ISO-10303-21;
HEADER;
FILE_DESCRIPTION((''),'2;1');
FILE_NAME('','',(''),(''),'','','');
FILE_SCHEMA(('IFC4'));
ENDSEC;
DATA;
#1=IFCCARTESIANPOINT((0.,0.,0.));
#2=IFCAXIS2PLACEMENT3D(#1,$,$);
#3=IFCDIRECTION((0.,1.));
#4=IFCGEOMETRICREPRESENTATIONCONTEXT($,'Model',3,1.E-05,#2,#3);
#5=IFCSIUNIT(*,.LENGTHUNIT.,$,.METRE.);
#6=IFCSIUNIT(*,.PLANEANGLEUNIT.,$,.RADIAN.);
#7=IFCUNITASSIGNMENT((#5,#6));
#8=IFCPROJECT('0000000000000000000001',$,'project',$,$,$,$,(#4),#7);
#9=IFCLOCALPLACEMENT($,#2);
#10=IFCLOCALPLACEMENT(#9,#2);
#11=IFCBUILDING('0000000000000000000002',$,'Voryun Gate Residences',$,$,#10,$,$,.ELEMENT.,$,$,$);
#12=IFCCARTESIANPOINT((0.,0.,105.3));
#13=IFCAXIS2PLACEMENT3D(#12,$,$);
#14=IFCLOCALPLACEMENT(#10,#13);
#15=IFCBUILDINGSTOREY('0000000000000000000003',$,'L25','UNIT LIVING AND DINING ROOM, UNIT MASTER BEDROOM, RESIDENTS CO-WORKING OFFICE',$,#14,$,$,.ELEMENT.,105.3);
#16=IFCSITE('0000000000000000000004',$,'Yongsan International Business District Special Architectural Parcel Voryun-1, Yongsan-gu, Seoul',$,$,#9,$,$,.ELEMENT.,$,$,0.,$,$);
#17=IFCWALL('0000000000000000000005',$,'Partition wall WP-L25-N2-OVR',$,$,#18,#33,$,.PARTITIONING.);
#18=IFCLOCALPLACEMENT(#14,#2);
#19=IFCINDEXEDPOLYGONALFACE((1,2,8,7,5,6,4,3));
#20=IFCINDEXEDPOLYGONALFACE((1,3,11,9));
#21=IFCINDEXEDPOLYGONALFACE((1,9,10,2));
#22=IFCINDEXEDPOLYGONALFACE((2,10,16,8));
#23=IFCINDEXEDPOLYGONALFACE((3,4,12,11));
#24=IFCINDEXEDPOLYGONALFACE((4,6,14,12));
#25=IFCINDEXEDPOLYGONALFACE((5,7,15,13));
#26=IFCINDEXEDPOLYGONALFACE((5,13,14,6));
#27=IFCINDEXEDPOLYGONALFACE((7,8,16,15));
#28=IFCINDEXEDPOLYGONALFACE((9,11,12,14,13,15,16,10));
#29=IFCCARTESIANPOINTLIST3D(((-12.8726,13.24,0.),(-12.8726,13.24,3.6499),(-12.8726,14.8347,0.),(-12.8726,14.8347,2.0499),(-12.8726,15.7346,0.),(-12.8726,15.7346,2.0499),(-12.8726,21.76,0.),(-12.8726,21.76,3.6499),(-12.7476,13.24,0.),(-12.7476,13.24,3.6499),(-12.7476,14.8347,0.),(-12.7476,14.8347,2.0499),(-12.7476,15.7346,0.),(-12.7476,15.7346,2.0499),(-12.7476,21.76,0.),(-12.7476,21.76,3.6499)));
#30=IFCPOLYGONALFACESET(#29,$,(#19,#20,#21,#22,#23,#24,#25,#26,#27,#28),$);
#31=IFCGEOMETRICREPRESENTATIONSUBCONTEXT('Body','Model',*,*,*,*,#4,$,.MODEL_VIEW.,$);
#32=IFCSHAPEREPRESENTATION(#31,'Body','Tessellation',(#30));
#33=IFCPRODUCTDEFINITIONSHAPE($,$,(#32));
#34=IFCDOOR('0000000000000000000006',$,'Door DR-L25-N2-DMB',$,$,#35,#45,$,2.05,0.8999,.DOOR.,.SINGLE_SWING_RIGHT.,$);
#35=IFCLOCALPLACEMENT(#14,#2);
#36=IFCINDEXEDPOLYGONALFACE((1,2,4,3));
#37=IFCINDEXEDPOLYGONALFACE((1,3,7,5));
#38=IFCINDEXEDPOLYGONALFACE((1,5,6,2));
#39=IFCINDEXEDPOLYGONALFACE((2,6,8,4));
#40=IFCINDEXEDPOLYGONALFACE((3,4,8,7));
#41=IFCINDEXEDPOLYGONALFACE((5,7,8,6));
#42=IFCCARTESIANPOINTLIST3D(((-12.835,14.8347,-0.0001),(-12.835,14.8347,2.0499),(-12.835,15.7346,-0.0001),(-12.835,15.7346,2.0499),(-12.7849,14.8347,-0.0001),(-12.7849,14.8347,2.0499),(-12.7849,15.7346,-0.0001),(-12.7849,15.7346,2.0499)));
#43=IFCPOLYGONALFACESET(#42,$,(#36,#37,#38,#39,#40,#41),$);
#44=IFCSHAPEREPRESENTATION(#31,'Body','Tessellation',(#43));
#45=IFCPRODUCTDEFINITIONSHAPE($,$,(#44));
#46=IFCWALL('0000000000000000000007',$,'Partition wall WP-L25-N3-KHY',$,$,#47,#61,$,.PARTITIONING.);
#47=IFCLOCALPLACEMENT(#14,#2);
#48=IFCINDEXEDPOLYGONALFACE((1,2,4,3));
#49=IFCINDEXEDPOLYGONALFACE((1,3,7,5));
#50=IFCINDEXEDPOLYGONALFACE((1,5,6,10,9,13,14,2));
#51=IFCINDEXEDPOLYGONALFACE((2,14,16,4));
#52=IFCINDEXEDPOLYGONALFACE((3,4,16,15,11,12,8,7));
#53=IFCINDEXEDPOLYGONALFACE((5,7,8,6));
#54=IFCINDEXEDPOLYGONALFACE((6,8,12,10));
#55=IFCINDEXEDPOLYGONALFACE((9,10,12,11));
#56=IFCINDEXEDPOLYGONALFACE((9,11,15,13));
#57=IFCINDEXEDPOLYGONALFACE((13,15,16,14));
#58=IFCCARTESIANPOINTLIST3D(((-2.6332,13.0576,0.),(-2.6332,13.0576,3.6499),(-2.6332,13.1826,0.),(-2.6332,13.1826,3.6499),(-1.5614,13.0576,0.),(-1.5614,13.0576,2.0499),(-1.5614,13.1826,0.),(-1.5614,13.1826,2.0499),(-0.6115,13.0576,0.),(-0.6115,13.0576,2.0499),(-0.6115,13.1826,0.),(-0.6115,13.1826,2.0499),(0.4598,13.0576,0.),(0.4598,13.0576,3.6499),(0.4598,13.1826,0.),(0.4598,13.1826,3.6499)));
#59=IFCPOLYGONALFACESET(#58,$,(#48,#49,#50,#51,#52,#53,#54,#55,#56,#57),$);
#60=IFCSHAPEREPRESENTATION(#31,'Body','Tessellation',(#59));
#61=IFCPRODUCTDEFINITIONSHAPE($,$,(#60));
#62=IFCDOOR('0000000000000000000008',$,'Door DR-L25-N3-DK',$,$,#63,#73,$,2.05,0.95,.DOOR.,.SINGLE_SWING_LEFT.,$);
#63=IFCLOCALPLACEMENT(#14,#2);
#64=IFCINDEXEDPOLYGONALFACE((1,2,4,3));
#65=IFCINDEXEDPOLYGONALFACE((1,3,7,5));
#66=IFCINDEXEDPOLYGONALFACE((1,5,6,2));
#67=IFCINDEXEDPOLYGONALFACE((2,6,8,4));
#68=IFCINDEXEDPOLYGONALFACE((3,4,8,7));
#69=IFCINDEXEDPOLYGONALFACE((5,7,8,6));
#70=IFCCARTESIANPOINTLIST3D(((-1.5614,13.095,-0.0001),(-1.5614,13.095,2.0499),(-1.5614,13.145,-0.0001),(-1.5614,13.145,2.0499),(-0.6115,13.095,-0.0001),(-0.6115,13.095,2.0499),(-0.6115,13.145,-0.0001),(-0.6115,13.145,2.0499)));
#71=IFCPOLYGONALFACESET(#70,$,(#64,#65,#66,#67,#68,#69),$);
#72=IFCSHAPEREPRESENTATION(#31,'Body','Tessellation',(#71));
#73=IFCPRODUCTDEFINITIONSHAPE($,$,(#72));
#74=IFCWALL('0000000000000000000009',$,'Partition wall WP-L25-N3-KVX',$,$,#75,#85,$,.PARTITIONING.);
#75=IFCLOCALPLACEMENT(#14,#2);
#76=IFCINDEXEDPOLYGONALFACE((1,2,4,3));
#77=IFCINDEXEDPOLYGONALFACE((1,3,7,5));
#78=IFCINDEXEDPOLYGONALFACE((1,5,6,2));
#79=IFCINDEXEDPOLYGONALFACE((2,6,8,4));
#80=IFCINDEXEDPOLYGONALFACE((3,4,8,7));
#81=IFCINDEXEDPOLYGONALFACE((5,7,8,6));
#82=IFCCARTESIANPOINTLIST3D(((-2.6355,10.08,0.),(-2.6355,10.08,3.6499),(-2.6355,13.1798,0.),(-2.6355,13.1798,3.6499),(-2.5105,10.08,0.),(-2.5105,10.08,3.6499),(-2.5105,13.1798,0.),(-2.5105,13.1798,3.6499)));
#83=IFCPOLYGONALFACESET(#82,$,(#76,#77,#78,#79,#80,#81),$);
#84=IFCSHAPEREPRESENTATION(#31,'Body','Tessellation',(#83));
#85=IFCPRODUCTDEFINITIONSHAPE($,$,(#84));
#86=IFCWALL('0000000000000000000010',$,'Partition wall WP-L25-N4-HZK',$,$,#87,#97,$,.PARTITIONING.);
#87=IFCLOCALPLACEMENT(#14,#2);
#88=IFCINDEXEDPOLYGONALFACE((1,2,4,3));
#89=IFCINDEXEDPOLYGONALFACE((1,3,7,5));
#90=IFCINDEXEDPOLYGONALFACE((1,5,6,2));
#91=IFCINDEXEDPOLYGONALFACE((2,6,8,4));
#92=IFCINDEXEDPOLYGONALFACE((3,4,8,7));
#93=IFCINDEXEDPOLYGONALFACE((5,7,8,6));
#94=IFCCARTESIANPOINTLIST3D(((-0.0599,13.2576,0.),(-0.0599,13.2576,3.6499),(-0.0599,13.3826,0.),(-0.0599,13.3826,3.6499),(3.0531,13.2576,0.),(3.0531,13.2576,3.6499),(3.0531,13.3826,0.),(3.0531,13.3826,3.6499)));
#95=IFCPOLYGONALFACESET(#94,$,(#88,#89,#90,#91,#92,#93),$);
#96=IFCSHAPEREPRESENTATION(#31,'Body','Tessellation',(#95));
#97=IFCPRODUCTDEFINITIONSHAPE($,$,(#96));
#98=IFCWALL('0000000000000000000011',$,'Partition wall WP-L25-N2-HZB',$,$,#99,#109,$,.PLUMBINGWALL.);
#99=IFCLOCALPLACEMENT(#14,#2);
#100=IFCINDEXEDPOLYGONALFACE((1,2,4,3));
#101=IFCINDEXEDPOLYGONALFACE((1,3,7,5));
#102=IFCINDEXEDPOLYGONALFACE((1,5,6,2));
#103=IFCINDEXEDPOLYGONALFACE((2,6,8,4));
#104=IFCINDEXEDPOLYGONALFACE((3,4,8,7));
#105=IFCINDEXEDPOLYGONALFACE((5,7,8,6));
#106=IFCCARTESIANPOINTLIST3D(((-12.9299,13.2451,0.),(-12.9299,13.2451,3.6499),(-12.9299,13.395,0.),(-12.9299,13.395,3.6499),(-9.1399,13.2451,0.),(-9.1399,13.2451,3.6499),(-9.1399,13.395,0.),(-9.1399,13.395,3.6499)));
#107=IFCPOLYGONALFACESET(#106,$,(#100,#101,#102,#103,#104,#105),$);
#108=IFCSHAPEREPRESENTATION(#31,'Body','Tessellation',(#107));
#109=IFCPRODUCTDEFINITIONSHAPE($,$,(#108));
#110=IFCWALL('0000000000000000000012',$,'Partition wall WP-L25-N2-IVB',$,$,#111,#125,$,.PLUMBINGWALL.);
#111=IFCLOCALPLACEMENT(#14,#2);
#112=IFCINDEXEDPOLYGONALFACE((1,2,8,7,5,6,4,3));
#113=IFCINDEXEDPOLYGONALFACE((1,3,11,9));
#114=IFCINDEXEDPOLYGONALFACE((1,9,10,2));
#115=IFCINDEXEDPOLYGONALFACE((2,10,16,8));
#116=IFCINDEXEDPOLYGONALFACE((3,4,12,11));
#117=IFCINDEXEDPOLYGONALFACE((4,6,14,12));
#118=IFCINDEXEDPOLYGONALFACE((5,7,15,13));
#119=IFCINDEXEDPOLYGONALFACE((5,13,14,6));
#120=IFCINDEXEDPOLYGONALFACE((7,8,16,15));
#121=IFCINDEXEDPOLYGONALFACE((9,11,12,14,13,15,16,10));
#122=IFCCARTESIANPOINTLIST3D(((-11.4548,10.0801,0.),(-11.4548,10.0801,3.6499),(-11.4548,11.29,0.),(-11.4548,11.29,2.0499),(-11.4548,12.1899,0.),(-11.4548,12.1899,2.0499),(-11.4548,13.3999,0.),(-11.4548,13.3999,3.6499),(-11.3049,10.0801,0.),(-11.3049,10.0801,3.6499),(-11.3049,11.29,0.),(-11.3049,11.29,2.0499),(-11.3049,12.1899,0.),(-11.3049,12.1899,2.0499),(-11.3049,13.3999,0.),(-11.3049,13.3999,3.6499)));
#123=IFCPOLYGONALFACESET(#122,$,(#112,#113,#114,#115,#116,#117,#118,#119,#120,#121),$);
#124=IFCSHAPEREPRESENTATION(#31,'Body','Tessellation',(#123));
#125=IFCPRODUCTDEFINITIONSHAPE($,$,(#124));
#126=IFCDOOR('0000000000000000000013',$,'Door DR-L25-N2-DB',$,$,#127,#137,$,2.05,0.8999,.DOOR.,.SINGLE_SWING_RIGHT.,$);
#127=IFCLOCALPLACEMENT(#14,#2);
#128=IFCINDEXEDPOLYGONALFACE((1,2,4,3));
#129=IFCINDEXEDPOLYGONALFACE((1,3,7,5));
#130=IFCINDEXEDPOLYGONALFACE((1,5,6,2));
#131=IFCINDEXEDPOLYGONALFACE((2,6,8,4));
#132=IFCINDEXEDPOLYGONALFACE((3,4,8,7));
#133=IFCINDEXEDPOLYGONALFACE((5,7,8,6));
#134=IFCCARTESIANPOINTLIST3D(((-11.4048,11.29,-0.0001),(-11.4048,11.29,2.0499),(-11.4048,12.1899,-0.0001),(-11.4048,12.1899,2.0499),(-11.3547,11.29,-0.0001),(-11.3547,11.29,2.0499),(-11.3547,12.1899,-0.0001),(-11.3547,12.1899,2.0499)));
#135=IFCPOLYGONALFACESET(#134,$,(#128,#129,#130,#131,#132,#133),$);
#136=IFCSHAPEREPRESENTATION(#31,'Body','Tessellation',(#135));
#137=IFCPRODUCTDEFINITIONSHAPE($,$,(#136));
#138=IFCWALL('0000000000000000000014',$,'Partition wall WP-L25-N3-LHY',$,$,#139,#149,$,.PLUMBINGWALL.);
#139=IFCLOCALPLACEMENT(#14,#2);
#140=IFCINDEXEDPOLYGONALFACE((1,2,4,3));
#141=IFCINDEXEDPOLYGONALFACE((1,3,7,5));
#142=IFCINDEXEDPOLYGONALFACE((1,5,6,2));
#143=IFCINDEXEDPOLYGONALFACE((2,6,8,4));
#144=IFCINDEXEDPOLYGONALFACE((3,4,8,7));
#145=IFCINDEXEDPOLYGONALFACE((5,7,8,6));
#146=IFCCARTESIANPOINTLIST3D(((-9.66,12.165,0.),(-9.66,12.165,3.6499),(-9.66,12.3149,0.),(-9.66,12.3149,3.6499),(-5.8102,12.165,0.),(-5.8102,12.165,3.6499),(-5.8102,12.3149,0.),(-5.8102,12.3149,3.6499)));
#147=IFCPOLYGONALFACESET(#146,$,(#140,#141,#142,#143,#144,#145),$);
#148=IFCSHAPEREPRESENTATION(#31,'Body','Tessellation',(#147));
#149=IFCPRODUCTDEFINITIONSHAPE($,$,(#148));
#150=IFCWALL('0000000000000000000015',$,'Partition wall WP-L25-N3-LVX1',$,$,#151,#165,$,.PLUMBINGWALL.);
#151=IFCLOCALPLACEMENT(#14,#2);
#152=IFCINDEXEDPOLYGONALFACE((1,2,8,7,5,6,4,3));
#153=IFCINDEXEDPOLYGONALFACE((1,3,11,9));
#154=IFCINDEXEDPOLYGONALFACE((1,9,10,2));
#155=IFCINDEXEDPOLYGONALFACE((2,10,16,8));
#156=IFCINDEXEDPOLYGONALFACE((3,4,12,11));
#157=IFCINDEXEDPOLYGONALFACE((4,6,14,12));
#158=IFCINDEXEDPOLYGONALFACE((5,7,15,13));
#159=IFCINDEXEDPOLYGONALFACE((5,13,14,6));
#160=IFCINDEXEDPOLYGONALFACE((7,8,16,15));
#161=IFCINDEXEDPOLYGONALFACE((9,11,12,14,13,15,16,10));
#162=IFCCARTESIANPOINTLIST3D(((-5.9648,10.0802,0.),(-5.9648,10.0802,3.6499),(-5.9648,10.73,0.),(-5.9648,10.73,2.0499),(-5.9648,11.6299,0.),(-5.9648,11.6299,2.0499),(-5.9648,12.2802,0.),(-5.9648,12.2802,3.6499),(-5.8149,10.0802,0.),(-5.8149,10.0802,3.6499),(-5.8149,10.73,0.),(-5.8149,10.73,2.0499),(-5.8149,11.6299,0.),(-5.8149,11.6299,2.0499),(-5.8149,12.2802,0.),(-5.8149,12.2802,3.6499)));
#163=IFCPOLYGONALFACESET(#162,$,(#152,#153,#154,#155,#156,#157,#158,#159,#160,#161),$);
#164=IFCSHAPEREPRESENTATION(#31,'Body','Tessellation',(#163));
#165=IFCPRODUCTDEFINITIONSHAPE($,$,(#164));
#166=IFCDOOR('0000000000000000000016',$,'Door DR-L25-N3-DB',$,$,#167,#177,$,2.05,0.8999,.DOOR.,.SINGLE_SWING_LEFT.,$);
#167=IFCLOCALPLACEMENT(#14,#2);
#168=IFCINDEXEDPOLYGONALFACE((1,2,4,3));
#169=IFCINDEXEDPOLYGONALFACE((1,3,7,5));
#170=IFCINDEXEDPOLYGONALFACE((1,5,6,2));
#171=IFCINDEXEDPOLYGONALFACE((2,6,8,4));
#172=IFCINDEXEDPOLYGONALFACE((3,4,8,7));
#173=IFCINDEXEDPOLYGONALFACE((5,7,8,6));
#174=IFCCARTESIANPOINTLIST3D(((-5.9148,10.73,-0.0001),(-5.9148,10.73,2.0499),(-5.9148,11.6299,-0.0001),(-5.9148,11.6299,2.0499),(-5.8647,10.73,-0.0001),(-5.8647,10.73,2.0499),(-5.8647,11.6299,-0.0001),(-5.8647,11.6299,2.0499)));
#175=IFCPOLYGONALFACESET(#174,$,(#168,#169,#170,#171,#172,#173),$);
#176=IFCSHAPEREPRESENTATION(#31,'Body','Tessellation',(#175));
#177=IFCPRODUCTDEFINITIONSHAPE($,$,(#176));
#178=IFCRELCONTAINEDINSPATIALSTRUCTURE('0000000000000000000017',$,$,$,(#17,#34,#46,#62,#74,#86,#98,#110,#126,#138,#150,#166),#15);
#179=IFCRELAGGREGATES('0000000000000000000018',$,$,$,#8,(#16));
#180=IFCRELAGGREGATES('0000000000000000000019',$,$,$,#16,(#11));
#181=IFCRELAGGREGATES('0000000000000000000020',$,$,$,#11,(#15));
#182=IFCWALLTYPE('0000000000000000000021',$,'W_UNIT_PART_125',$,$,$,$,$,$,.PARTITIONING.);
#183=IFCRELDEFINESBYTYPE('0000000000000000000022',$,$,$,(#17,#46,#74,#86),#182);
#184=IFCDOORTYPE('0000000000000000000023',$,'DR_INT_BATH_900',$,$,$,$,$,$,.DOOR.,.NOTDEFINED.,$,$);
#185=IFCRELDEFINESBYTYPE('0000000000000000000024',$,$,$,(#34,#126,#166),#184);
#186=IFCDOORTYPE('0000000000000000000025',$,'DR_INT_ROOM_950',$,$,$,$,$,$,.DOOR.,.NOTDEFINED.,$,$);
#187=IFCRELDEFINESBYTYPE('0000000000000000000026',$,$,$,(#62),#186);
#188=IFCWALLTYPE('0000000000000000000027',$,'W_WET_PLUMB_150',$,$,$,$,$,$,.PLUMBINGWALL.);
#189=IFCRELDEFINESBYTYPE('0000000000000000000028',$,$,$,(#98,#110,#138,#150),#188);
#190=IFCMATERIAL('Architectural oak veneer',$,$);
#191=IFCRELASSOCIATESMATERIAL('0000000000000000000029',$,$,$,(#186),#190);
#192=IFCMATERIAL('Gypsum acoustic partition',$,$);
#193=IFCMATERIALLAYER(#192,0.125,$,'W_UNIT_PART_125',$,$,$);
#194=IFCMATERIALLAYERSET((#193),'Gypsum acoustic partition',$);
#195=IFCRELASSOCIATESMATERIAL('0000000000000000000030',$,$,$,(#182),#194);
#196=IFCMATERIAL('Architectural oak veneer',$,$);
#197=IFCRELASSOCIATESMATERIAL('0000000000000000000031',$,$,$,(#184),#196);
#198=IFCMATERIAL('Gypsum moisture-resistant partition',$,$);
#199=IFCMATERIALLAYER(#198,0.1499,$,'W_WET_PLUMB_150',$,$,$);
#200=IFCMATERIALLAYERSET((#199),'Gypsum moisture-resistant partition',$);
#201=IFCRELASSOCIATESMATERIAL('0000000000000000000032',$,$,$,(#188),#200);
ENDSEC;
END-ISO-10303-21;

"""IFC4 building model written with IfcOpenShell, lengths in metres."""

from ifc_helpers import new_model, si_unit, direction, frame, frame_2d, origin, place, context, subcontext, project, spatial, rectangle, extrude, material, layer, layer_set, type_object, element, fill, save


model = new_model("IFC4")

# Units and contexts
model_context = context("Model", 3, precision=1e-05, world=origin(), true_north=direction((0.0, 1.0)))
body_context = subcontext(model_context, "Body", "Model", "MODEL_VIEW")
ifc_project = project(units=[si_unit("LENGTHUNIT", "METRE"), si_unit("PLANEANGLEUNIT", "RADIAN")], contexts=[model_context])

# Site, building, storey
site_placement = place(None, origin())
site = spatial("IfcSite", under=ifc_project, at=site_placement, Name="Yongsan International Business District Special Architectural Parcel Voryun-1, Yongsan-gu, Seoul", CompositionType="ELEMENT", RefElevation=0.0)
building_placement = place(site_placement, origin())
building = spatial("IfcBuilding", under=site, at=building_placement, Name="Voryun Gate Residences", CompositionType="ELEMENT")
storey_placement = place(building_placement, frame((0.0, 0.0, 105.3)))
storey = spatial("IfcBuildingStorey", under=building, at=storey_placement, Name="L25", Description="UNIT LIVING AND DINING ROOM, UNIT MASTER BEDROOM, RESIDENTS CO-WORKING OFFICE", CompositionType="ELEMENT", Elevation=105.3)

# Shared definitions
ifc_material_1 = material(Name="Architectural oak veneer")
door_type_1 = type_object("IfcDoorType", Name="DR_INT_ROOM_950", OperationType="NOTDEFINED", PredefinedType="DOOR", material=ifc_material_1)

# Walls, openings, doors
ifc_material_2 = material(Name="Gypsum acoustic partition")
ifc_layer_1 = layer(ifc_material_2, 0.125, Name="W_UNIT_PART_125")
ifc_layer_set_1 = layer_set([ifc_layer_1], Name="Gypsum acoustic partition")
wall_type_1 = type_object("IfcWallType", Name="W_UNIT_PART_125", PredefinedType="PARTITIONING", material=ifc_layer_set_1)
wall_1_placement = place(storey_placement, frame((-12.8101, 13.24, 0.0), z_axis=(0.0, 0.0, 1.0), x_axis=(0.0, 1.0, 0.0)))
wall_1 = element("IfcWall", 1, at=wall_1_placement, inside=storey, type_object=wall_type_1, Name="Partition wall WP-L25-N2-OVR", PredefinedType="PARTITIONING", context=body_context, shape_type="SweptSolid", body=[
    extrude(rectangle(XDim=8.52, YDim=0.125, at=frame_2d((4.26, 0.0))), origin(), (0.0, 0.0, 1.0), 3.6499),
])
opening_1_placement = place(wall_1_placement, frame((1.5947, 0.0, 0.0)))
opening_1 = element("IfcOpeningElement", 2, at=opening_1_placement, cuts=wall_1, PredefinedType="OPENING", context=body_context, shape_type="SweptSolid", body=[
    extrude(rectangle(XDim=0.8999, YDim=2.05, at=frame_2d((0.45, 1.0249))), frame((0.0, 0.0725, 0.0), z_axis=(0.0, -1.0, 0.0), x_axis=(1.0, 0.0, 0.0)), (0.0, 0.0, 1.0), 0.145),
])
ifc_material_3 = material(Name="Architectural oak veneer")
door_type_2 = type_object("IfcDoorType", Name="DR_INT_BATH_900", OperationType="NOTDEFINED", PredefinedType="DOOR", material=ifc_material_3)
door_1_placement = place(opening_1_placement, origin())
door_1 = element("IfcDoor", 3, at=door_1_placement, inside=storey, type_object=door_type_2, Name="Door DR-L25-N2-DMB", OperationType="SINGLE_SWING_RIGHT", OverallHeight=2.05, OverallWidth=0.8999, PredefinedType="DOOR", context=body_context, shape_type="SweptSolid", body=[
    extrude(rectangle(XDim=0.8999, YDim=2.05, at=frame_2d((0.45, 1.0249))), frame((0.0, 0.0249, 0.0), z_axis=(0.0, -1.0, 0.0), x_axis=(1.0, 0.0, 0.0)), (0.0, 0.0, 1.0), 0.05),
])
fill(opening_1, door_1)
wall_2_placement = place(storey_placement, frame((-2.6331, 13.1201, 0.0), z_axis=(0.0, 0.0, 1.0), x_axis=(1.0, 0.0, 0.0)))
wall_2 = element("IfcWall", 4, at=wall_2_placement, inside=storey, type_object=wall_type_1, Name="Partition wall WP-L25-N3-KHY", PredefinedType="PARTITIONING", context=body_context, shape_type="SweptSolid", body=[
    extrude(rectangle(XDim=3.093, YDim=0.125, at=frame_2d((1.5464, 0.0))), origin(), (0.0, 0.0, 1.0), 3.6499),
])
opening_2_placement = place(wall_2_placement, frame((1.0715, 0.0, 0.0)))
opening_2 = element("IfcOpeningElement", 5, at=opening_2_placement, cuts=wall_2, PredefinedType="OPENING", context=body_context, shape_type="SweptSolid", body=[
    extrude(rectangle(XDim=0.95, YDim=2.05, at=frame_2d((0.4751, 1.0249))), frame((0.0, 0.0725, 0.0), z_axis=(0.0, -1.0, 0.0), x_axis=(1.0, 0.0, 0.0)), (0.0, 0.0, 1.0), 0.145),
])
door_2_placement = place(opening_2_placement, origin())
door_2 = element("IfcDoor", 6, at=door_2_placement, inside=storey, type_object=door_type_1, Name="Door DR-L25-N3-DK", OperationType="SINGLE_SWING_LEFT", OverallHeight=2.05, OverallWidth=0.95, PredefinedType="DOOR", context=body_context, shape_type="SweptSolid", body=[
    extrude(rectangle(XDim=0.95, YDim=2.05, at=frame_2d((0.4751, 1.0249))), frame((0.0, 0.0249, 0.0), z_axis=(0.0, -1.0, 0.0), x_axis=(1.0, 0.0, 0.0)), (0.0, 0.0, 1.0), 0.05),
])
fill(opening_2, door_2)

# Walls
wall_3_placement = place(storey_placement, frame((-2.573, 10.0801, 0.0), z_axis=(0.0, 0.0, 1.0), x_axis=(0.0, 1.0, 0.0)))
element("IfcWall", 7, at=wall_3_placement, inside=storey, type_object=wall_type_1, Name="Partition wall WP-L25-N3-KVX", PredefinedType="PARTITIONING", context=body_context, shape_type="SweptSolid", body=[
    extrude(rectangle(XDim=3.0999, YDim=0.125, at=frame_2d((1.5498, 0.0))), origin(), (0.0, 0.0, 1.0), 3.6499),
])
wall_4_placement = place(storey_placement, frame((-0.0601, 13.3201, 0.0), z_axis=(0.0, 0.0, 1.0), x_axis=(1.0, 0.0, 0.0)))
element("IfcWall", 8, at=wall_4_placement, inside=storey, type_object=wall_type_1, Name="Partition wall WP-L25-N4-HZK", PredefinedType="PARTITIONING", context=body_context, shape_type="SweptSolid", body=[
    extrude(rectangle(XDim=3.113, YDim=0.125, at=frame_2d((1.5566, 0.0))), origin(), (0.0, 0.0, 1.0), 3.6499),
])
ifc_material_4 = material(Name="Gypsum moisture-resistant partition")
ifc_layer_2 = layer(ifc_material_4, 0.1499, Name="W_WET_PLUMB_150")
ifc_layer_set_2 = layer_set([ifc_layer_2], Name="Gypsum moisture-resistant partition")
wall_type_2 = type_object("IfcWallType", Name="W_WET_PLUMB_150", PredefinedType="PLUMBINGWALL", material=ifc_layer_set_2)
wall_5_placement = place(storey_placement, frame((-12.9299, 13.3201, 0.0), z_axis=(0.0, 0.0, 1.0), x_axis=(1.0, 0.0, 0.0)))
element("IfcWall", 9, at=wall_5_placement, inside=storey, type_object=wall_type_2, Name="Partition wall WP-L25-N2-HZB", PredefinedType="PLUMBINGWALL", context=body_context, shape_type="SweptSolid", body=[
    extrude(rectangle(XDim=3.79, YDim=0.1499, at=frame_2d((1.895, 0.0))), origin(), (0.0, 0.0, 1.0), 3.6499),
])

# Wall, opening, door
wall_6_placement = place(storey_placement, frame((-11.3799, 10.0801, 0.0), z_axis=(0.0, 0.0, 1.0), x_axis=(0.0, 1.0, 0.0)))
wall_6 = element("IfcWall", 10, at=wall_6_placement, inside=storey, type_object=wall_type_2, Name="Partition wall WP-L25-N2-IVB", PredefinedType="PLUMBINGWALL", context=body_context, shape_type="SweptSolid", body=[
    extrude(rectangle(XDim=3.3198, YDim=0.1499, at=frame_2d((1.6599, 0.0))), origin(), (0.0, 0.0, 1.0), 3.6499),
])
opening_3_placement = place(wall_6_placement, frame((1.21, 0.0, 0.0)))
opening_3 = element("IfcOpeningElement", 11, at=opening_3_placement, cuts=wall_6, PredefinedType="OPENING", context=body_context, shape_type="SweptSolid", body=[
    extrude(rectangle(XDim=0.8999, YDim=2.05, at=frame_2d((0.45, 1.0249))), frame((0.0, 0.085, 0.0), z_axis=(0.0, -1.0, 0.0), x_axis=(1.0, 0.0, 0.0)), (0.0, 0.0, 1.0), 0.1699),
])
door_3_placement = place(opening_3_placement, origin())
door_3 = element("IfcDoor", 12, at=door_3_placement, inside=storey, type_object=door_type_2, Name="Door DR-L25-N2-DB", OperationType="SINGLE_SWING_RIGHT", OverallHeight=2.05, OverallWidth=0.8999, PredefinedType="DOOR", context=body_context, shape_type="SweptSolid", body=[
    extrude(rectangle(XDim=0.8999, YDim=2.05, at=frame_2d((0.45, 1.0249))), frame((0.0, 0.0249, 0.0), z_axis=(0.0, -1.0, 0.0), x_axis=(1.0, 0.0, 0.0)), (0.0, 0.0, 1.0), 0.05),
])
fill(opening_3, door_3)

# Wall
wall_7_placement = place(storey_placement, frame((-9.6599, 12.24, 0.0), z_axis=(0.0, 0.0, 1.0), x_axis=(1.0, 0.0, 0.0)))
element("IfcWall", 13, at=wall_7_placement, inside=storey, type_object=wall_type_2, Name="Partition wall WP-L25-N3-LHY", PredefinedType="PLUMBINGWALL", context=body_context, shape_type="SweptSolid", body=[
    extrude(rectangle(XDim=3.8499, YDim=0.1499, at=frame_2d((1.9248, 0.0))), origin(), (0.0, 0.0, 1.0), 3.6499),
])

# Wall, opening, door
wall_8_placement = place(storey_placement, frame((-5.8899, 10.0801, 0.0), z_axis=(0.0, 0.0, 1.0), x_axis=(0.0, 1.0, 0.0)))
wall_8 = element("IfcWall", 14, at=wall_8_placement, inside=storey, type_object=wall_type_2, Name="Partition wall WP-L25-N3-LVX1", PredefinedType="PLUMBINGWALL", context=body_context, shape_type="SweptSolid", body=[
    extrude(rectangle(XDim=2.2, YDim=0.1499, at=frame_2d((1.1001, 0.0))), origin(), (0.0, 0.0, 1.0), 3.6499),
])
opening_4_placement = place(wall_8_placement, frame((0.6499, 0.0, 0.0)))
opening_4 = element("IfcOpeningElement", 15, at=opening_4_placement, cuts=wall_8, PredefinedType="OPENING", context=body_context, shape_type="SweptSolid", body=[
    extrude(rectangle(XDim=0.8999, YDim=2.05, at=frame_2d((0.45, 1.0249))), frame((0.0, 0.085, 0.0), z_axis=(0.0, -1.0, 0.0), x_axis=(1.0, 0.0, 0.0)), (0.0, 0.0, 1.0), 0.1699),
])
door_4_placement = place(opening_4_placement, origin())
door_4 = element("IfcDoor", 16, at=door_4_placement, inside=storey, type_object=door_type_2, Name="Door DR-L25-N3-DB", OperationType="SINGLE_SWING_LEFT", OverallHeight=2.05, OverallWidth=0.8999, PredefinedType="DOOR", context=body_context, shape_type="SweptSolid", body=[
    extrude(rectangle(XDim=0.8999, YDim=2.05, at=frame_2d((0.45, 1.0249))), frame((0.0, 0.0249, 0.0), z_axis=(0.0, -1.0, 0.0), x_axis=(1.0, 0.0, 0.0)), (0.0, 0.0, 1.0), 0.05),
])
fill(opening_4, door_4)

save(model, "model.ifc")
